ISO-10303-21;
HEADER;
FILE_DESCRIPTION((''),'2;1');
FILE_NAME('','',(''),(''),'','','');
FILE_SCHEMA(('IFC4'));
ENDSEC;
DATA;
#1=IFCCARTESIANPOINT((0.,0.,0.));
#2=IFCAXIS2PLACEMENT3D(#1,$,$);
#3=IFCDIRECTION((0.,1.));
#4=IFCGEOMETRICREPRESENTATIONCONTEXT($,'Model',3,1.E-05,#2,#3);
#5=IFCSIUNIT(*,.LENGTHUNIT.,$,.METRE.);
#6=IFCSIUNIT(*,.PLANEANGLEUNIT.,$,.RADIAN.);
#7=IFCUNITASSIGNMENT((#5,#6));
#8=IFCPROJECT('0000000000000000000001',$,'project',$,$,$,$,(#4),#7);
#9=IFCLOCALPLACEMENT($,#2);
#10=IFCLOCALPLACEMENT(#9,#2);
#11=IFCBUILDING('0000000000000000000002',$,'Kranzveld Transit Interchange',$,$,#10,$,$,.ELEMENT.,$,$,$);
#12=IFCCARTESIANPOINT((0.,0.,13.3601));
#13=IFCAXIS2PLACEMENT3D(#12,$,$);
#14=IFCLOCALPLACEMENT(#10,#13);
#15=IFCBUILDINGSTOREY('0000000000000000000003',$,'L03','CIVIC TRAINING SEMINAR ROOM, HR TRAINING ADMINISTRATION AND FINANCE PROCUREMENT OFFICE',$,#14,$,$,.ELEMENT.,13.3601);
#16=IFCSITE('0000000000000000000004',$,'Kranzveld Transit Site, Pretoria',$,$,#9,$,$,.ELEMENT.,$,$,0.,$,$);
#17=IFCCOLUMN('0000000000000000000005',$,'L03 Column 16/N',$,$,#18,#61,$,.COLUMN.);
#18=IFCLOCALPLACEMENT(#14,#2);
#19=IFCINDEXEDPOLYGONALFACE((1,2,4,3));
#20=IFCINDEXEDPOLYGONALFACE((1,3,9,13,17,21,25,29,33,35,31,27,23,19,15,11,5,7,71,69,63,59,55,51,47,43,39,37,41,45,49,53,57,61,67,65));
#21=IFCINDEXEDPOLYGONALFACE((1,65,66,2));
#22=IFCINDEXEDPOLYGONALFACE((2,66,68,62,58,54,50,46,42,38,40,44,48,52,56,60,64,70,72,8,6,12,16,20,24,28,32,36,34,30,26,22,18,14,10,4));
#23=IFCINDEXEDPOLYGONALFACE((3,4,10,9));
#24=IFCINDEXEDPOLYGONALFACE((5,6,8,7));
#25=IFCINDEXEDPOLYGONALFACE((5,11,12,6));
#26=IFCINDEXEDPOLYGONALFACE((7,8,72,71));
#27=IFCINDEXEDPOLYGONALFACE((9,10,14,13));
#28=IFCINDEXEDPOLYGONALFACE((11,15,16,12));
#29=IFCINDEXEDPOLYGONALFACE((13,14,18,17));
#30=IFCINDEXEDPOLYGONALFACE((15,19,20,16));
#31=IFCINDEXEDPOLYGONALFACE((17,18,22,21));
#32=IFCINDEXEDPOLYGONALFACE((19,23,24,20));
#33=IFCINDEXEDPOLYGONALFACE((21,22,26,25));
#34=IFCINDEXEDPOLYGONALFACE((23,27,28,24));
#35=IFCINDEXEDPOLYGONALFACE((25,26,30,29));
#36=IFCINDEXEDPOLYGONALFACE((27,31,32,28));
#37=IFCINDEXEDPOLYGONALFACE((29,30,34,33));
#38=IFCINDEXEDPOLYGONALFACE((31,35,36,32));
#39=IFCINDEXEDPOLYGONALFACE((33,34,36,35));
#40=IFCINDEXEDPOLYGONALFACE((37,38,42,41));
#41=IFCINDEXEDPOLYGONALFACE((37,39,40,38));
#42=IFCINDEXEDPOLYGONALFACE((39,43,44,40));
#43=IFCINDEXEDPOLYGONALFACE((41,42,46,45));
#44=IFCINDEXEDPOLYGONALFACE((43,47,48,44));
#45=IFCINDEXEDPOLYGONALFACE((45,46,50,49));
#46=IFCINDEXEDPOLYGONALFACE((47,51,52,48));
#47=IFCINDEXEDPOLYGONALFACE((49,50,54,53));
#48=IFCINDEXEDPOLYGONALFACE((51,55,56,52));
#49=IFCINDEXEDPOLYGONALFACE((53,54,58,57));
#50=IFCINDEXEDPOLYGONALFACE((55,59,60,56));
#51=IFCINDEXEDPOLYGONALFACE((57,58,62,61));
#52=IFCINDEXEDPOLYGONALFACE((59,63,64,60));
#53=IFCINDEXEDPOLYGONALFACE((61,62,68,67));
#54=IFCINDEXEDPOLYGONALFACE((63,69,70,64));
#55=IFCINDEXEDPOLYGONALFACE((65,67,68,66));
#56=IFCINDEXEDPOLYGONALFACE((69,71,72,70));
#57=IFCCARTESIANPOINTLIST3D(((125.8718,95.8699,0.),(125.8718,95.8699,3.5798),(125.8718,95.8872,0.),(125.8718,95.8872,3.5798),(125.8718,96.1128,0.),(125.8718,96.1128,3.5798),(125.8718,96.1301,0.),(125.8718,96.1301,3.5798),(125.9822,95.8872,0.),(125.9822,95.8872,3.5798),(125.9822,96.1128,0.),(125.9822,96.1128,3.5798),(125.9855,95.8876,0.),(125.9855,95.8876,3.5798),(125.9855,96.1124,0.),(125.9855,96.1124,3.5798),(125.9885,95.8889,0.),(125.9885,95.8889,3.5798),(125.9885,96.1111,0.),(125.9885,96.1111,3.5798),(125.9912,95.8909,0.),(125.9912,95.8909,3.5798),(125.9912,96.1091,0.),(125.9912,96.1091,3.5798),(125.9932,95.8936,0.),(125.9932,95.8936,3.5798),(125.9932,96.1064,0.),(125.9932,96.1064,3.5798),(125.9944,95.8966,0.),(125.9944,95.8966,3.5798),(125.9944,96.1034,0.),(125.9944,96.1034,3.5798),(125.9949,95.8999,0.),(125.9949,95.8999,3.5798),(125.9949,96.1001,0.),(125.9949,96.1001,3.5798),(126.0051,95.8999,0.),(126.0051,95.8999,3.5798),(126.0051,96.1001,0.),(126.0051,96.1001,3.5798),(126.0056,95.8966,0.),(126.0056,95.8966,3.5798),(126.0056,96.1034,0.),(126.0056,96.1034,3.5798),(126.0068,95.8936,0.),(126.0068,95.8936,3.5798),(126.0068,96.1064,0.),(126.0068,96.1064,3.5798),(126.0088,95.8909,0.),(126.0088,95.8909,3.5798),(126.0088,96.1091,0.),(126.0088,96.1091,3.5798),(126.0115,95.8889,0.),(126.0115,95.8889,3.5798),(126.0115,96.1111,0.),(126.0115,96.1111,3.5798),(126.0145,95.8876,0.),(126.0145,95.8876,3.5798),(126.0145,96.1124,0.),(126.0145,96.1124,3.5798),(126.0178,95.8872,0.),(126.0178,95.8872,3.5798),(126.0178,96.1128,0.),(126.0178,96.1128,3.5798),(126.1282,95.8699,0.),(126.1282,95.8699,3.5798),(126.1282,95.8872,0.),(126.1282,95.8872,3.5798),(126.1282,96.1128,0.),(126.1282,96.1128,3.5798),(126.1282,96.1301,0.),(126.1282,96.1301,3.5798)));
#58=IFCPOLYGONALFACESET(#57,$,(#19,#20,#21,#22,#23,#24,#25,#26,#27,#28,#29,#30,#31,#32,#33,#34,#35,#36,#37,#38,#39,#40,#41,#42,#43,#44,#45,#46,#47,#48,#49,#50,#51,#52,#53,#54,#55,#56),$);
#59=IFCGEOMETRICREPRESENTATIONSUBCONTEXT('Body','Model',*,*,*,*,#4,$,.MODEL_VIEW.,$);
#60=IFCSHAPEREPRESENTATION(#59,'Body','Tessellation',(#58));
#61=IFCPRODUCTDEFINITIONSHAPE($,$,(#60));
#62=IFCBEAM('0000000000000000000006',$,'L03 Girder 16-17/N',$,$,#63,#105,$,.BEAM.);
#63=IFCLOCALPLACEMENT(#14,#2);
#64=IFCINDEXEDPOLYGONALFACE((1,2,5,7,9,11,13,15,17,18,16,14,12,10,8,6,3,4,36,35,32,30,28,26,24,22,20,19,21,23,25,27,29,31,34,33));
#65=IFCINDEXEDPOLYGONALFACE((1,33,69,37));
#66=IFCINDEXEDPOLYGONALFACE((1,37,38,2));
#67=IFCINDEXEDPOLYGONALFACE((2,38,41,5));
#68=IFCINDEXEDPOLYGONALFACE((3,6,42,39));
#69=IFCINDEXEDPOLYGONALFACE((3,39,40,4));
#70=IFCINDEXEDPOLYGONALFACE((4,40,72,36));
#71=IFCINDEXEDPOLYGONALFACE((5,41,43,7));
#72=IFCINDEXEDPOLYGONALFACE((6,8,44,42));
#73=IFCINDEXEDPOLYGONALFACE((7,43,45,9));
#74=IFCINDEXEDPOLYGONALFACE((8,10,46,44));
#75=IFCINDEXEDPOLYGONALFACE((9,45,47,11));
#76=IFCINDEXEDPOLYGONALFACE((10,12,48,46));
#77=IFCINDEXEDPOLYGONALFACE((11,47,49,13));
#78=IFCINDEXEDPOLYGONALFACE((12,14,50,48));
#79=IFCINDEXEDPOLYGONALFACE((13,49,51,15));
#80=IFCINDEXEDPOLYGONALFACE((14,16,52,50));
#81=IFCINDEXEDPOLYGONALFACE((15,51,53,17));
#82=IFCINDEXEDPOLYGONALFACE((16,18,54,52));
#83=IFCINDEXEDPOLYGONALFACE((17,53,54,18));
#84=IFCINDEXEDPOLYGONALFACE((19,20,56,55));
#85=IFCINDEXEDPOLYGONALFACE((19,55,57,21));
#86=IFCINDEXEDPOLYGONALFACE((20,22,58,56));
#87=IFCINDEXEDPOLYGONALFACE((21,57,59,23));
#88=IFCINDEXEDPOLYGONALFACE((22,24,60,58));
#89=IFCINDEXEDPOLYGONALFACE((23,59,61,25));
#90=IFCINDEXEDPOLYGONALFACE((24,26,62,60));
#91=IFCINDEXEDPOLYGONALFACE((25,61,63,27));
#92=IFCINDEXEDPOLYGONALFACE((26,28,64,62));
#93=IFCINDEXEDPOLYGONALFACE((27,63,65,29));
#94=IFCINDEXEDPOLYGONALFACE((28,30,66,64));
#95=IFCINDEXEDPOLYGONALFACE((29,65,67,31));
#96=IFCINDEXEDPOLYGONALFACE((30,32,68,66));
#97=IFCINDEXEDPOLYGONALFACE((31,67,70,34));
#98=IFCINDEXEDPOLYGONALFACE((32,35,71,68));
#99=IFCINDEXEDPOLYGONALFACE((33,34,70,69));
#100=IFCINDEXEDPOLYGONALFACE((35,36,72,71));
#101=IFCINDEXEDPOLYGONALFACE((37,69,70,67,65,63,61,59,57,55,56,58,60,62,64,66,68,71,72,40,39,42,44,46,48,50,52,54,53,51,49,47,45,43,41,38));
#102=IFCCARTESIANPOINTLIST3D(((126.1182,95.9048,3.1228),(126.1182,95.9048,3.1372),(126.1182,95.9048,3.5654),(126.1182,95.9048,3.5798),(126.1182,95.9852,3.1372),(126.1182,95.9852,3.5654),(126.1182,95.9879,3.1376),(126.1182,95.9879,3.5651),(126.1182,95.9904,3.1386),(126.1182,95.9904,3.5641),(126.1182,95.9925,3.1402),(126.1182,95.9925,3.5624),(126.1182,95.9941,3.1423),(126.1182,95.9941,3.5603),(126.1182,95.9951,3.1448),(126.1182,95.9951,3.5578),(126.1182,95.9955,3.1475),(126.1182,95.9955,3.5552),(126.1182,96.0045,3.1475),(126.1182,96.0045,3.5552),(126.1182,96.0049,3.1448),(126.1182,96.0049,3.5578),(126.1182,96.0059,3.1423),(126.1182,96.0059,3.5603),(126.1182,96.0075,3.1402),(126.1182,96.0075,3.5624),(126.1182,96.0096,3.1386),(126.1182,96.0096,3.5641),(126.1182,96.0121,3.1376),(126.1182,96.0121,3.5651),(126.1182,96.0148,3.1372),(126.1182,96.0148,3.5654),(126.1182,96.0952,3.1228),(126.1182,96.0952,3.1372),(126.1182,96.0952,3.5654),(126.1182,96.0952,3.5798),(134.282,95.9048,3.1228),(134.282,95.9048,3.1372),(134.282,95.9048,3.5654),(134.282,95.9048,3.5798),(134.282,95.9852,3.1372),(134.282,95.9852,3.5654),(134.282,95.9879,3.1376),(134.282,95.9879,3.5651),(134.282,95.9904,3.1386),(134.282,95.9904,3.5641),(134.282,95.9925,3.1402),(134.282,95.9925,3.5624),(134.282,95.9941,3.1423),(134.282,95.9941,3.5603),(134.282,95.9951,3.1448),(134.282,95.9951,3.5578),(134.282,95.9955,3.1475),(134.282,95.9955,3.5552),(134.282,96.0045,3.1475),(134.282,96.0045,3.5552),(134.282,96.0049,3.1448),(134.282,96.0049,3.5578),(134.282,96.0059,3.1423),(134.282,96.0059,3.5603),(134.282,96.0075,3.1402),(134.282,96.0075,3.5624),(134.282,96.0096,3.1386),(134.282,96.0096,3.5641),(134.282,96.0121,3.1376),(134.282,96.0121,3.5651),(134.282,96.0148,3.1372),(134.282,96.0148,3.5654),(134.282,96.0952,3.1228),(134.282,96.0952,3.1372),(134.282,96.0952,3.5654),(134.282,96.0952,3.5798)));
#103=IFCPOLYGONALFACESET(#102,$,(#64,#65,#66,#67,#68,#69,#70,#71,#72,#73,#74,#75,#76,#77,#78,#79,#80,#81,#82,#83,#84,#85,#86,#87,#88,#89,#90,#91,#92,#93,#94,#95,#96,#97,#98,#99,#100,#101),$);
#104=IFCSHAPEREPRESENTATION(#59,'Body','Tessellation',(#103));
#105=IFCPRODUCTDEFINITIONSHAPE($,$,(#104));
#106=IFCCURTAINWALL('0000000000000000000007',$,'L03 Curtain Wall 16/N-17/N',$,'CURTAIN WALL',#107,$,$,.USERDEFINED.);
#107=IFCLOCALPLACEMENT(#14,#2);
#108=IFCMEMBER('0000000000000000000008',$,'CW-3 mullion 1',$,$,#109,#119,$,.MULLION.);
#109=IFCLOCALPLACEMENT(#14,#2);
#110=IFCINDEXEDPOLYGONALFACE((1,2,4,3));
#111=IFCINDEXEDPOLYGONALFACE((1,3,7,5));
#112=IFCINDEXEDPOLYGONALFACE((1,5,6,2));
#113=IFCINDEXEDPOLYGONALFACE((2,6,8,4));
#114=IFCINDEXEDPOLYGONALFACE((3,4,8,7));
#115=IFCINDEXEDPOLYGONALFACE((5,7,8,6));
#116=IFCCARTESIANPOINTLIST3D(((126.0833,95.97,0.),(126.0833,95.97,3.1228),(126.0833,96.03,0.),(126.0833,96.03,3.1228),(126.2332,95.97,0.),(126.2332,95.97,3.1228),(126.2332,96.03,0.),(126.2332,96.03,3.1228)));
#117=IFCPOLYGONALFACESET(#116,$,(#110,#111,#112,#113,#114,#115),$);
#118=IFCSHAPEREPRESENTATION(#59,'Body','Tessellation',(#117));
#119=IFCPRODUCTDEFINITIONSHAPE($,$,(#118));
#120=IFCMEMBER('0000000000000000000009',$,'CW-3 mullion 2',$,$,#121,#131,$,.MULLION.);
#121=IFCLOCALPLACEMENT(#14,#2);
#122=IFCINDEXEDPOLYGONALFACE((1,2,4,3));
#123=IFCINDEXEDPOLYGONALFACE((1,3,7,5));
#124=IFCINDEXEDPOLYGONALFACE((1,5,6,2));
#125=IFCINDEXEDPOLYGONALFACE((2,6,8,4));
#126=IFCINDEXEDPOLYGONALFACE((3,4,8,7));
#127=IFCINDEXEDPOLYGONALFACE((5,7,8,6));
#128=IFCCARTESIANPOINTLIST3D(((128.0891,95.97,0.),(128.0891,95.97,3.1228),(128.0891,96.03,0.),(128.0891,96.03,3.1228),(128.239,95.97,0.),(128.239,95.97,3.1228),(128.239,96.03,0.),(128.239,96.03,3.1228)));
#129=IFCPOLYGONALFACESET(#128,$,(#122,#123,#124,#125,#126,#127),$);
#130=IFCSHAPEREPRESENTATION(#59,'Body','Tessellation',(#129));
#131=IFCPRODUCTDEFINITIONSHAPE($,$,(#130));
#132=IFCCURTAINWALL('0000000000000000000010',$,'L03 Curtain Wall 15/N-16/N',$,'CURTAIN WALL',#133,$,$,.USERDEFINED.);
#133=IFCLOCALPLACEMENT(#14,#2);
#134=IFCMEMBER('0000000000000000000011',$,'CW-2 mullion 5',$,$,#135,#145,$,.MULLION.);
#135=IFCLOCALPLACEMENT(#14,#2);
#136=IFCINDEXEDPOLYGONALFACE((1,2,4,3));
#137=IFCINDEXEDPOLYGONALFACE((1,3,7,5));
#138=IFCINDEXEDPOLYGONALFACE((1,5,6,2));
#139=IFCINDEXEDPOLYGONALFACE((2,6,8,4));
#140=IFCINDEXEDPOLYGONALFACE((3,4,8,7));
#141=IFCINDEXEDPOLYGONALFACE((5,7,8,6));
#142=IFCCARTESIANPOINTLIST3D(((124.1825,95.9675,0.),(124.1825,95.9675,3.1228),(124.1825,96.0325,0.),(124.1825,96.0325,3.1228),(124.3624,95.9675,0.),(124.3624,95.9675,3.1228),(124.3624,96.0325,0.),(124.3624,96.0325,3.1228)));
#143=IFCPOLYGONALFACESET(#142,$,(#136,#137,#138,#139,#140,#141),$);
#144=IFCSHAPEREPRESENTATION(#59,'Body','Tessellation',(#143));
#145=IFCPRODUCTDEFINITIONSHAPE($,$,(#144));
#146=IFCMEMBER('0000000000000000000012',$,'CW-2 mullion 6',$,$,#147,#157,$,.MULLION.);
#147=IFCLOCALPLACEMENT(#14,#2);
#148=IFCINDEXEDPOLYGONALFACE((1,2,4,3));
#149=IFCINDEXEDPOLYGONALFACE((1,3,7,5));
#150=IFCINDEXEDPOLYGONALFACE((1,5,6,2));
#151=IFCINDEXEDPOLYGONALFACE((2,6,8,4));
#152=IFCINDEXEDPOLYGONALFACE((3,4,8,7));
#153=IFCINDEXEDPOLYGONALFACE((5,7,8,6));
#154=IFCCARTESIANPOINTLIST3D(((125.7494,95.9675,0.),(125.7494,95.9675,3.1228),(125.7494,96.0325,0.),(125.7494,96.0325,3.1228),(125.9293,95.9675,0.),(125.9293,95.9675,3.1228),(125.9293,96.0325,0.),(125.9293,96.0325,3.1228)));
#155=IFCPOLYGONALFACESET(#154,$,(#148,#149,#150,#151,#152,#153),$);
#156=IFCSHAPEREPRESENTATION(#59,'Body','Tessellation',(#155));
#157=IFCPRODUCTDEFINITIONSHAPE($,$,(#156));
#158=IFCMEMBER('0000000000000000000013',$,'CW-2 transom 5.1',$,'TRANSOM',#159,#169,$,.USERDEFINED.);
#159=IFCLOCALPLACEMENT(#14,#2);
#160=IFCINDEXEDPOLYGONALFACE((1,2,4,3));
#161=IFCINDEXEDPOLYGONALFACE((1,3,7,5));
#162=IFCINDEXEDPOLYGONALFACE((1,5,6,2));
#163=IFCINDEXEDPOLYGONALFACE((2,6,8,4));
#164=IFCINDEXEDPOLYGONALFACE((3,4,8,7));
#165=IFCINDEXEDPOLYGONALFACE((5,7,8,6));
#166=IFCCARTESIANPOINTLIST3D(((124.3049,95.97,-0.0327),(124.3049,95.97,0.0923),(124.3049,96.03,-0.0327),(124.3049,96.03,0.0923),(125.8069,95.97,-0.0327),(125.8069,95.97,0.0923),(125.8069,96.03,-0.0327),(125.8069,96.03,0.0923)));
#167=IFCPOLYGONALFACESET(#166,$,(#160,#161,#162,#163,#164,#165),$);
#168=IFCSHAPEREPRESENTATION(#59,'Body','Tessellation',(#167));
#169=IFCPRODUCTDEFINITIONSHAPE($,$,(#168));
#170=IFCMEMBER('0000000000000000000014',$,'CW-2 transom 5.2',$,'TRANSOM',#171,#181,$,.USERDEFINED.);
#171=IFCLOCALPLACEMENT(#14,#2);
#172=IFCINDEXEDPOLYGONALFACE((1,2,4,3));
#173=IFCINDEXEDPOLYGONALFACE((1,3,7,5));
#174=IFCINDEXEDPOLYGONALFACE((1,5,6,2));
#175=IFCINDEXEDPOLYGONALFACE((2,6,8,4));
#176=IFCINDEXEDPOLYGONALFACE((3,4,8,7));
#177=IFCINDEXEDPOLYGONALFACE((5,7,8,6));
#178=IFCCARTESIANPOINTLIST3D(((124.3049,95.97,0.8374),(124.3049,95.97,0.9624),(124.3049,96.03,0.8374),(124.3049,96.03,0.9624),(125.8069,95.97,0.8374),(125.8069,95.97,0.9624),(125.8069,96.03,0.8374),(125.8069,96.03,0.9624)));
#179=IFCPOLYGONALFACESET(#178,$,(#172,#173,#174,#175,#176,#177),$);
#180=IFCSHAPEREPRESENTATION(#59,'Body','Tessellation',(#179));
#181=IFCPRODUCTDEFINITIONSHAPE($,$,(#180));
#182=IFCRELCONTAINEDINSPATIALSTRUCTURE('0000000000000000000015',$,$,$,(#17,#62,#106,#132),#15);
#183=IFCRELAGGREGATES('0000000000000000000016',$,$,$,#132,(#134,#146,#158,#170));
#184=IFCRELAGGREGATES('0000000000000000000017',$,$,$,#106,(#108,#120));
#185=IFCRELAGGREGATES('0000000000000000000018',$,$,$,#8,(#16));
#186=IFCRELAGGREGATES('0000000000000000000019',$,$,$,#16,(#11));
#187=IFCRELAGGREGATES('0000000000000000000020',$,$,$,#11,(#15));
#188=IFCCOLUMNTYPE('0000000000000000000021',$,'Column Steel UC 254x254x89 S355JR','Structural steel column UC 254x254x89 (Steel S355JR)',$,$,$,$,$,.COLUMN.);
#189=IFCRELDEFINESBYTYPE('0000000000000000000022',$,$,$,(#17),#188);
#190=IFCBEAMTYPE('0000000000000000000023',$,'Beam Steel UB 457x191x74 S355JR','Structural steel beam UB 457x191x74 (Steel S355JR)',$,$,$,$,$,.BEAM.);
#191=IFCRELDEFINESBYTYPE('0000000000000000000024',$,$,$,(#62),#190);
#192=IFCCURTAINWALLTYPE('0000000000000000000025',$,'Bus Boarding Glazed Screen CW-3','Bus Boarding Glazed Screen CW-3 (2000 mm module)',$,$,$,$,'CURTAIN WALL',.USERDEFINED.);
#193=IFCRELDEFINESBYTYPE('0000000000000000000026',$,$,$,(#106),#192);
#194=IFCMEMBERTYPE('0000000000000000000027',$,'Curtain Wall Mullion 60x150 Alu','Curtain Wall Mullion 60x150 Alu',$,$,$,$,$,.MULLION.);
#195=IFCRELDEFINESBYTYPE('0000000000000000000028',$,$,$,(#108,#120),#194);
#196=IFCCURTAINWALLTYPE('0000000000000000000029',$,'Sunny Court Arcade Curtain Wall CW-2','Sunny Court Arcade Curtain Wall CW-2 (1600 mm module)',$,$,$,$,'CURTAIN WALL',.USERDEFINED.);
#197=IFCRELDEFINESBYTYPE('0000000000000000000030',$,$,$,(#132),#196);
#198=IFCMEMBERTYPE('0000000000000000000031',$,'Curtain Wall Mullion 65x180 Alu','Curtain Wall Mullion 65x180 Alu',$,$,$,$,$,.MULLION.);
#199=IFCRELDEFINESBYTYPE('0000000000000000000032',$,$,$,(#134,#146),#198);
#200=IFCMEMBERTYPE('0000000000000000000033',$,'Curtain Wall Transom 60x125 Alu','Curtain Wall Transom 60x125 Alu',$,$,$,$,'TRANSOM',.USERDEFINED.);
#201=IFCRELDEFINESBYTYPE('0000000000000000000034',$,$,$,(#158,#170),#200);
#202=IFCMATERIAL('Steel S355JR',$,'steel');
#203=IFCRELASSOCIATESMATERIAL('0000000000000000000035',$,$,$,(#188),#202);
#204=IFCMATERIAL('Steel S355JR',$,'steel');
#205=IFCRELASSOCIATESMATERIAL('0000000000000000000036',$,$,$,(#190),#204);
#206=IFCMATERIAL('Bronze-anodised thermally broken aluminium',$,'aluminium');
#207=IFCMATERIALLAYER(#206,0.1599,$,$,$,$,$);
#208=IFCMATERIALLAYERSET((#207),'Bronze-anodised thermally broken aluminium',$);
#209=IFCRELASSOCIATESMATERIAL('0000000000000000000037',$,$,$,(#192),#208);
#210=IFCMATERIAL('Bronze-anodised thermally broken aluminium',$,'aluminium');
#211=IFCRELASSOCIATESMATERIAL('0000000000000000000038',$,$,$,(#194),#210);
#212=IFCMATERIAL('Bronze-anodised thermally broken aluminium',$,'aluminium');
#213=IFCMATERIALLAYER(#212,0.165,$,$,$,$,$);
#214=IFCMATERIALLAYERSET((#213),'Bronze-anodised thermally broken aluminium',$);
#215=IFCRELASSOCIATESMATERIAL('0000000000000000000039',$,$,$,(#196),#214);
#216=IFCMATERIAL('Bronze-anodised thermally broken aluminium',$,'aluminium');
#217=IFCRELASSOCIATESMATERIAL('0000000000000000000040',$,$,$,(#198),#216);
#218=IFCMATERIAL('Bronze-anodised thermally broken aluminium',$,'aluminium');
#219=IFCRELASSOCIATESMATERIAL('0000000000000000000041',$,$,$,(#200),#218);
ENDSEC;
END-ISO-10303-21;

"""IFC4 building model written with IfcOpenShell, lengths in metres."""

from ifc_helpers import new_model, si_unit, direction, frame, origin, origin_2d, place, context, subcontext, project, spatial, rectangle, i_section, extrude, material, layer, layer_set, material_profile, profile_set, type_object, element, aggregate, save


model = new_model("IFC4")

# Units and contexts
model_context = context("Model", 3, precision=1e-05, world=origin(), true_north=direction((0.0, 1.0)))
body_context = subcontext(model_context, "Body", "Model", "MODEL_VIEW")
ifc_project = project(units=[si_unit("LENGTHUNIT", "METRE"), si_unit("PLANEANGLEUNIT", "RADIAN")], contexts=[model_context])

# Site, building, storey
site_placement = place(None, origin())
site = spatial("IfcSite", under=ifc_project, at=site_placement, Name="Kranzveld Transit Site, Pretoria", CompositionType="ELEMENT", RefElevation=0.0)
building_placement = place(site_placement, origin())
building = spatial("IfcBuilding", under=site, at=building_placement, Name="Kranzveld Transit Interchange", CompositionType="ELEMENT")
storey_placement = place(building_placement, frame((0.0, 0.0, 13.3601)))
storey = spatial("IfcBuildingStorey", under=building, at=storey_placement, Name="L03", Description="CIVIC TRAINING SEMINAR ROOM, HR TRAINING ADMINISTRATION AND FINANCE PROCUREMENT OFFICE", CompositionType="ELEMENT", Elevation=13.3601)

# Column
ifc_material_1 = material(Name="Steel S355JR", Category="steel")
ifc_material_profile_1 = material_profile(ifc_material_1, i_section(OverallWidth=0.2563, OverallDepth=0.2603, WebThickness=0.0103, FlangeThickness=0.0173, FilletRadius=0.0127, at=origin_2d()), Name="UC 254x254x89")
ifc_profile_set_1 = profile_set([ifc_material_profile_1], Name="Steel S355JR")
column_type = type_object("IfcColumnType", Name="Column Steel UC 254x254x89 S355JR", Description="Structural steel column UC 254x254x89 (Steel S355JR)", PredefinedType="COLUMN", material=ifc_profile_set_1)
column_placement = place(storey_placement, frame((126.0, 96.0, 0.0), z_axis=(0.0, 0.0, 1.0), x_axis=(1.0, 0.0, 0.0)))
element("IfcColumn", 1, at=column_placement, inside=storey, type_object=column_type, Name="L03 Column 16/N", PredefinedType="COLUMN", context=body_context, shape_type="SweptSolid", body=[
    extrude(i_section(OverallWidth=0.2563, OverallDepth=0.2603, WebThickness=0.0103, FlangeThickness=0.0173, FilletRadius=0.0127, at=origin_2d()), origin(), (0.0, 0.0, 1.0), 3.5798),
])

# Beam
ifc_material_2 = material(Name="Steel S355JR", Category="steel")
ifc_material_profile_2 = material_profile(ifc_material_2, i_section(OverallWidth=0.1904, OverallDepth=0.457, WebThickness=0.009, FlangeThickness=0.0144, FilletRadius=0.0103, at=origin_2d()), Name="UB 457x191x74")
ifc_profile_set_2 = profile_set([ifc_material_profile_2], Name="Steel S355JR")
beam_type = type_object("IfcBeamType", Name="Beam Steel UB 457x191x74 S355JR", Description="Structural steel beam UB 457x191x74 (Steel S355JR)", PredefinedType="BEAM", material=ifc_profile_set_2)
beam_placement = place(storey_placement, frame((126.1182, 96.0, 3.3513), z_axis=(1.0, 0.0, 0.0), x_axis=(0.0, 1.0, 0.0)))
element("IfcBeam", 2, at=beam_placement, inside=storey, type_object=beam_type, Name="L03 Girder 16-17/N", PredefinedType="BEAM", context=body_context, shape_type="SweptSolid", body=[
    extrude(i_section(OverallWidth=0.1904, OverallDepth=0.457, WebThickness=0.009, FlangeThickness=0.0144, FilletRadius=0.0103, at=origin_2d()), origin(), (0.0, 0.0, 1.0), 8.1638),
])

# Curtain walls, members
ifc_material_3 = material(Name="Bronze-anodised thermally broken aluminium", Category="aluminium")
ifc_layer_1 = layer(ifc_material_3, 0.1599)
ifc_layer_set_1 = layer_set([ifc_layer_1], Name="Bronze-anodised thermally broken aluminium")
curtain_wall_type_1 = type_object("IfcCurtainWallType", Name="Bus Boarding Glazed Screen CW-3", Description="Bus Boarding Glazed Screen CW-3 (2000 mm module)", ElementType="CURTAIN WALL", PredefinedType="USERDEFINED", material=ifc_layer_set_1)
curtain_wall_1_placement = place(storey_placement, origin())
curtain_wall_1 = element("IfcCurtainWall", 3, at=curtain_wall_1_placement, inside=storey, type_object=curtain_wall_type_1, Name="L03 Curtain Wall 16/N-17/N", ObjectType="CURTAIN WALL", PredefinedType="USERDEFINED")
ifc_material_4 = material(Name="Bronze-anodised thermally broken aluminium", Category="aluminium")
ifc_material_profile_3 = material_profile(ifc_material_4, rectangle(XDim=0.0601, YDim=0.1499, at=origin_2d()), Name="ALU MULLION 60x150")
ifc_profile_set_3 = profile_set([ifc_material_profile_3], Name="Bronze-anodised thermally broken aluminium")
member_type_1 = type_object("IfcMemberType", Name="Curtain Wall Mullion 60x150 Alu", Description="Curtain Wall Mullion 60x150 Alu", PredefinedType="MULLION", material=ifc_profile_set_3)
member_1_placement = place(storey_placement, frame((126.1582, 96.0, 0.0), z_axis=(0.0, 0.0, 1.0), x_axis=(0.0, 1.0, 0.0)))
member_1 = element("IfcMember", 4, at=member_1_placement, type_object=member_type_1, Name="CW-3 mullion 1", PredefinedType="MULLION", context=body_context, shape_type="SweptSolid", body=[
    extrude(rectangle(XDim=0.0601, YDim=0.1499, at=origin_2d()), origin(), (0.0, 0.0, 1.0), 3.1228),
])
member_2_placement = place(storey_placement, frame((128.1641, 96.0, 0.0), z_axis=(0.0, 0.0, 1.0), x_axis=(0.0, 1.0, 0.0)))
member_2 = element("IfcMember", 5, at=member_2_placement, type_object=member_type_1, Name="CW-3 mullion 2", PredefinedType="MULLION", context=body_context, shape_type="SweptSolid", body=[
    extrude(rectangle(XDim=0.0601, YDim=0.1499, at=origin_2d()), origin(), (0.0, 0.0, 1.0), 3.1228),
])
ifc_material_5 = material(Name="Bronze-anodised thermally broken aluminium", Category="aluminium")
ifc_layer_2 = layer(ifc_material_5, 0.165)
ifc_layer_set_2 = layer_set([ifc_layer_2], Name="Bronze-anodised thermally broken aluminium")
curtain_wall_type_2 = type_object("IfcCurtainWallType", Name="Sunny Court Arcade Curtain Wall CW-2", Description="Sunny Court Arcade Curtain Wall CW-2 (1600 mm module)", ElementType="CURTAIN WALL", PredefinedType="USERDEFINED", material=ifc_layer_set_2)
curtain_wall_2_placement = place(storey_placement, origin())
curtain_wall_2 = element("IfcCurtainWall", 6, at=curtain_wall_2_placement, inside=storey, type_object=curtain_wall_type_2, Name="L03 Curtain Wall 15/N-16/N", ObjectType="CURTAIN WALL", PredefinedType="USERDEFINED")
ifc_material_6 = material(Name="Bronze-anodised thermally broken aluminium", Category="aluminium")
ifc_material_profile_4 = material_profile(ifc_material_6, rectangle(XDim=0.0649, YDim=0.1799, at=origin_2d()), Name="ALU MULLION 65x180")
ifc_profile_set_4 = profile_set([ifc_material_profile_4], Name="Bronze-anodised thermally broken aluminium")
member_type_2 = type_object("IfcMemberType", Name="Curtain Wall Mullion 65x180 Alu", Description="Curtain Wall Mullion 65x180 Alu", PredefinedType="MULLION", material=ifc_profile_set_4)
member_3_placement = place(storey_placement, frame((124.2725, 96.0, 0.0), z_axis=(0.0, 0.0, 1.0), x_axis=(0.0, 1.0, 0.0)))
member_3 = element("IfcMember", 7, at=member_3_placement, type_object=member_type_2, Name="CW-2 mullion 5", PredefinedType="MULLION", context=body_context, shape_type="SweptSolid", body=[
    extrude(rectangle(XDim=0.0649, YDim=0.1799, at=origin_2d()), origin(), (0.0, 0.0, 1.0), 3.1228),
])
member_4_placement = place(storey_placement, frame((125.8394, 96.0, 0.0), z_axis=(0.0, 0.0, 1.0), x_axis=(0.0, 1.0, 0.0)))
member_4 = element("IfcMember", 8, at=member_4_placement, type_object=member_type_2, Name="CW-2 mullion 6", PredefinedType="MULLION", context=body_context, shape_type="SweptSolid", body=[
    extrude(rectangle(XDim=0.0649, YDim=0.1799, at=origin_2d()), origin(), (0.0, 0.0, 1.0), 3.1228),
])
ifc_material_7 = material(Name="Bronze-anodised thermally broken aluminium", Category="aluminium")
ifc_material_profile_5 = material_profile(ifc_material_7, rectangle(XDim=0.0601, YDim=0.125, at=origin_2d()), Name="ALU TRANSOM 60x125")
ifc_profile_set_5 = profile_set([ifc_material_profile_5], Name="Bronze-anodised thermally broken aluminium")
member_type_3 = type_object("IfcMemberType", Name="Curtain Wall Transom 60x125 Alu", Description="Curtain Wall Transom 60x125 Alu", ElementType="TRANSOM", PredefinedType="USERDEFINED", material=ifc_profile_set_5)
member_5_placement = place(storey_placement, frame((124.3049, 96.0, 0.0298), z_axis=(1.0, 0.0, 0.0), x_axis=(0.0, 1.0, 0.0)))
member_5 = element("IfcMember", 9, at=member_5_placement, type_object=member_type_3, Name="CW-2 transom 5.1", ObjectType="TRANSOM", PredefinedType="USERDEFINED", context=body_context, shape_type="SweptSolid", body=[
    extrude(rectangle(XDim=0.0601, YDim=0.125, at=origin_2d()), origin(), (0.0, 0.0, 1.0), 1.502),
])
member_6_placement = place(storey_placement, frame((124.3049, 96.0, 0.8999), z_axis=(1.0, 0.0, 0.0), x_axis=(0.0, 1.0, 0.0)))
member_6 = element("IfcMember", 10, at=member_6_placement, type_object=member_type_3, Name="CW-2 transom 5.2", ObjectType="TRANSOM", PredefinedType="USERDEFINED", context=body_context, shape_type="SweptSolid", body=[
    extrude(rectangle(XDim=0.0601, YDim=0.125, at=origin_2d()), origin(), (0.0, 0.0, 1.0), 1.502),
])

aggregate(curtain_wall_2, [member_3, member_4, member_5, member_6])
aggregate(curtain_wall_1, [member_1, member_2])

save(model, "model.ifc")
